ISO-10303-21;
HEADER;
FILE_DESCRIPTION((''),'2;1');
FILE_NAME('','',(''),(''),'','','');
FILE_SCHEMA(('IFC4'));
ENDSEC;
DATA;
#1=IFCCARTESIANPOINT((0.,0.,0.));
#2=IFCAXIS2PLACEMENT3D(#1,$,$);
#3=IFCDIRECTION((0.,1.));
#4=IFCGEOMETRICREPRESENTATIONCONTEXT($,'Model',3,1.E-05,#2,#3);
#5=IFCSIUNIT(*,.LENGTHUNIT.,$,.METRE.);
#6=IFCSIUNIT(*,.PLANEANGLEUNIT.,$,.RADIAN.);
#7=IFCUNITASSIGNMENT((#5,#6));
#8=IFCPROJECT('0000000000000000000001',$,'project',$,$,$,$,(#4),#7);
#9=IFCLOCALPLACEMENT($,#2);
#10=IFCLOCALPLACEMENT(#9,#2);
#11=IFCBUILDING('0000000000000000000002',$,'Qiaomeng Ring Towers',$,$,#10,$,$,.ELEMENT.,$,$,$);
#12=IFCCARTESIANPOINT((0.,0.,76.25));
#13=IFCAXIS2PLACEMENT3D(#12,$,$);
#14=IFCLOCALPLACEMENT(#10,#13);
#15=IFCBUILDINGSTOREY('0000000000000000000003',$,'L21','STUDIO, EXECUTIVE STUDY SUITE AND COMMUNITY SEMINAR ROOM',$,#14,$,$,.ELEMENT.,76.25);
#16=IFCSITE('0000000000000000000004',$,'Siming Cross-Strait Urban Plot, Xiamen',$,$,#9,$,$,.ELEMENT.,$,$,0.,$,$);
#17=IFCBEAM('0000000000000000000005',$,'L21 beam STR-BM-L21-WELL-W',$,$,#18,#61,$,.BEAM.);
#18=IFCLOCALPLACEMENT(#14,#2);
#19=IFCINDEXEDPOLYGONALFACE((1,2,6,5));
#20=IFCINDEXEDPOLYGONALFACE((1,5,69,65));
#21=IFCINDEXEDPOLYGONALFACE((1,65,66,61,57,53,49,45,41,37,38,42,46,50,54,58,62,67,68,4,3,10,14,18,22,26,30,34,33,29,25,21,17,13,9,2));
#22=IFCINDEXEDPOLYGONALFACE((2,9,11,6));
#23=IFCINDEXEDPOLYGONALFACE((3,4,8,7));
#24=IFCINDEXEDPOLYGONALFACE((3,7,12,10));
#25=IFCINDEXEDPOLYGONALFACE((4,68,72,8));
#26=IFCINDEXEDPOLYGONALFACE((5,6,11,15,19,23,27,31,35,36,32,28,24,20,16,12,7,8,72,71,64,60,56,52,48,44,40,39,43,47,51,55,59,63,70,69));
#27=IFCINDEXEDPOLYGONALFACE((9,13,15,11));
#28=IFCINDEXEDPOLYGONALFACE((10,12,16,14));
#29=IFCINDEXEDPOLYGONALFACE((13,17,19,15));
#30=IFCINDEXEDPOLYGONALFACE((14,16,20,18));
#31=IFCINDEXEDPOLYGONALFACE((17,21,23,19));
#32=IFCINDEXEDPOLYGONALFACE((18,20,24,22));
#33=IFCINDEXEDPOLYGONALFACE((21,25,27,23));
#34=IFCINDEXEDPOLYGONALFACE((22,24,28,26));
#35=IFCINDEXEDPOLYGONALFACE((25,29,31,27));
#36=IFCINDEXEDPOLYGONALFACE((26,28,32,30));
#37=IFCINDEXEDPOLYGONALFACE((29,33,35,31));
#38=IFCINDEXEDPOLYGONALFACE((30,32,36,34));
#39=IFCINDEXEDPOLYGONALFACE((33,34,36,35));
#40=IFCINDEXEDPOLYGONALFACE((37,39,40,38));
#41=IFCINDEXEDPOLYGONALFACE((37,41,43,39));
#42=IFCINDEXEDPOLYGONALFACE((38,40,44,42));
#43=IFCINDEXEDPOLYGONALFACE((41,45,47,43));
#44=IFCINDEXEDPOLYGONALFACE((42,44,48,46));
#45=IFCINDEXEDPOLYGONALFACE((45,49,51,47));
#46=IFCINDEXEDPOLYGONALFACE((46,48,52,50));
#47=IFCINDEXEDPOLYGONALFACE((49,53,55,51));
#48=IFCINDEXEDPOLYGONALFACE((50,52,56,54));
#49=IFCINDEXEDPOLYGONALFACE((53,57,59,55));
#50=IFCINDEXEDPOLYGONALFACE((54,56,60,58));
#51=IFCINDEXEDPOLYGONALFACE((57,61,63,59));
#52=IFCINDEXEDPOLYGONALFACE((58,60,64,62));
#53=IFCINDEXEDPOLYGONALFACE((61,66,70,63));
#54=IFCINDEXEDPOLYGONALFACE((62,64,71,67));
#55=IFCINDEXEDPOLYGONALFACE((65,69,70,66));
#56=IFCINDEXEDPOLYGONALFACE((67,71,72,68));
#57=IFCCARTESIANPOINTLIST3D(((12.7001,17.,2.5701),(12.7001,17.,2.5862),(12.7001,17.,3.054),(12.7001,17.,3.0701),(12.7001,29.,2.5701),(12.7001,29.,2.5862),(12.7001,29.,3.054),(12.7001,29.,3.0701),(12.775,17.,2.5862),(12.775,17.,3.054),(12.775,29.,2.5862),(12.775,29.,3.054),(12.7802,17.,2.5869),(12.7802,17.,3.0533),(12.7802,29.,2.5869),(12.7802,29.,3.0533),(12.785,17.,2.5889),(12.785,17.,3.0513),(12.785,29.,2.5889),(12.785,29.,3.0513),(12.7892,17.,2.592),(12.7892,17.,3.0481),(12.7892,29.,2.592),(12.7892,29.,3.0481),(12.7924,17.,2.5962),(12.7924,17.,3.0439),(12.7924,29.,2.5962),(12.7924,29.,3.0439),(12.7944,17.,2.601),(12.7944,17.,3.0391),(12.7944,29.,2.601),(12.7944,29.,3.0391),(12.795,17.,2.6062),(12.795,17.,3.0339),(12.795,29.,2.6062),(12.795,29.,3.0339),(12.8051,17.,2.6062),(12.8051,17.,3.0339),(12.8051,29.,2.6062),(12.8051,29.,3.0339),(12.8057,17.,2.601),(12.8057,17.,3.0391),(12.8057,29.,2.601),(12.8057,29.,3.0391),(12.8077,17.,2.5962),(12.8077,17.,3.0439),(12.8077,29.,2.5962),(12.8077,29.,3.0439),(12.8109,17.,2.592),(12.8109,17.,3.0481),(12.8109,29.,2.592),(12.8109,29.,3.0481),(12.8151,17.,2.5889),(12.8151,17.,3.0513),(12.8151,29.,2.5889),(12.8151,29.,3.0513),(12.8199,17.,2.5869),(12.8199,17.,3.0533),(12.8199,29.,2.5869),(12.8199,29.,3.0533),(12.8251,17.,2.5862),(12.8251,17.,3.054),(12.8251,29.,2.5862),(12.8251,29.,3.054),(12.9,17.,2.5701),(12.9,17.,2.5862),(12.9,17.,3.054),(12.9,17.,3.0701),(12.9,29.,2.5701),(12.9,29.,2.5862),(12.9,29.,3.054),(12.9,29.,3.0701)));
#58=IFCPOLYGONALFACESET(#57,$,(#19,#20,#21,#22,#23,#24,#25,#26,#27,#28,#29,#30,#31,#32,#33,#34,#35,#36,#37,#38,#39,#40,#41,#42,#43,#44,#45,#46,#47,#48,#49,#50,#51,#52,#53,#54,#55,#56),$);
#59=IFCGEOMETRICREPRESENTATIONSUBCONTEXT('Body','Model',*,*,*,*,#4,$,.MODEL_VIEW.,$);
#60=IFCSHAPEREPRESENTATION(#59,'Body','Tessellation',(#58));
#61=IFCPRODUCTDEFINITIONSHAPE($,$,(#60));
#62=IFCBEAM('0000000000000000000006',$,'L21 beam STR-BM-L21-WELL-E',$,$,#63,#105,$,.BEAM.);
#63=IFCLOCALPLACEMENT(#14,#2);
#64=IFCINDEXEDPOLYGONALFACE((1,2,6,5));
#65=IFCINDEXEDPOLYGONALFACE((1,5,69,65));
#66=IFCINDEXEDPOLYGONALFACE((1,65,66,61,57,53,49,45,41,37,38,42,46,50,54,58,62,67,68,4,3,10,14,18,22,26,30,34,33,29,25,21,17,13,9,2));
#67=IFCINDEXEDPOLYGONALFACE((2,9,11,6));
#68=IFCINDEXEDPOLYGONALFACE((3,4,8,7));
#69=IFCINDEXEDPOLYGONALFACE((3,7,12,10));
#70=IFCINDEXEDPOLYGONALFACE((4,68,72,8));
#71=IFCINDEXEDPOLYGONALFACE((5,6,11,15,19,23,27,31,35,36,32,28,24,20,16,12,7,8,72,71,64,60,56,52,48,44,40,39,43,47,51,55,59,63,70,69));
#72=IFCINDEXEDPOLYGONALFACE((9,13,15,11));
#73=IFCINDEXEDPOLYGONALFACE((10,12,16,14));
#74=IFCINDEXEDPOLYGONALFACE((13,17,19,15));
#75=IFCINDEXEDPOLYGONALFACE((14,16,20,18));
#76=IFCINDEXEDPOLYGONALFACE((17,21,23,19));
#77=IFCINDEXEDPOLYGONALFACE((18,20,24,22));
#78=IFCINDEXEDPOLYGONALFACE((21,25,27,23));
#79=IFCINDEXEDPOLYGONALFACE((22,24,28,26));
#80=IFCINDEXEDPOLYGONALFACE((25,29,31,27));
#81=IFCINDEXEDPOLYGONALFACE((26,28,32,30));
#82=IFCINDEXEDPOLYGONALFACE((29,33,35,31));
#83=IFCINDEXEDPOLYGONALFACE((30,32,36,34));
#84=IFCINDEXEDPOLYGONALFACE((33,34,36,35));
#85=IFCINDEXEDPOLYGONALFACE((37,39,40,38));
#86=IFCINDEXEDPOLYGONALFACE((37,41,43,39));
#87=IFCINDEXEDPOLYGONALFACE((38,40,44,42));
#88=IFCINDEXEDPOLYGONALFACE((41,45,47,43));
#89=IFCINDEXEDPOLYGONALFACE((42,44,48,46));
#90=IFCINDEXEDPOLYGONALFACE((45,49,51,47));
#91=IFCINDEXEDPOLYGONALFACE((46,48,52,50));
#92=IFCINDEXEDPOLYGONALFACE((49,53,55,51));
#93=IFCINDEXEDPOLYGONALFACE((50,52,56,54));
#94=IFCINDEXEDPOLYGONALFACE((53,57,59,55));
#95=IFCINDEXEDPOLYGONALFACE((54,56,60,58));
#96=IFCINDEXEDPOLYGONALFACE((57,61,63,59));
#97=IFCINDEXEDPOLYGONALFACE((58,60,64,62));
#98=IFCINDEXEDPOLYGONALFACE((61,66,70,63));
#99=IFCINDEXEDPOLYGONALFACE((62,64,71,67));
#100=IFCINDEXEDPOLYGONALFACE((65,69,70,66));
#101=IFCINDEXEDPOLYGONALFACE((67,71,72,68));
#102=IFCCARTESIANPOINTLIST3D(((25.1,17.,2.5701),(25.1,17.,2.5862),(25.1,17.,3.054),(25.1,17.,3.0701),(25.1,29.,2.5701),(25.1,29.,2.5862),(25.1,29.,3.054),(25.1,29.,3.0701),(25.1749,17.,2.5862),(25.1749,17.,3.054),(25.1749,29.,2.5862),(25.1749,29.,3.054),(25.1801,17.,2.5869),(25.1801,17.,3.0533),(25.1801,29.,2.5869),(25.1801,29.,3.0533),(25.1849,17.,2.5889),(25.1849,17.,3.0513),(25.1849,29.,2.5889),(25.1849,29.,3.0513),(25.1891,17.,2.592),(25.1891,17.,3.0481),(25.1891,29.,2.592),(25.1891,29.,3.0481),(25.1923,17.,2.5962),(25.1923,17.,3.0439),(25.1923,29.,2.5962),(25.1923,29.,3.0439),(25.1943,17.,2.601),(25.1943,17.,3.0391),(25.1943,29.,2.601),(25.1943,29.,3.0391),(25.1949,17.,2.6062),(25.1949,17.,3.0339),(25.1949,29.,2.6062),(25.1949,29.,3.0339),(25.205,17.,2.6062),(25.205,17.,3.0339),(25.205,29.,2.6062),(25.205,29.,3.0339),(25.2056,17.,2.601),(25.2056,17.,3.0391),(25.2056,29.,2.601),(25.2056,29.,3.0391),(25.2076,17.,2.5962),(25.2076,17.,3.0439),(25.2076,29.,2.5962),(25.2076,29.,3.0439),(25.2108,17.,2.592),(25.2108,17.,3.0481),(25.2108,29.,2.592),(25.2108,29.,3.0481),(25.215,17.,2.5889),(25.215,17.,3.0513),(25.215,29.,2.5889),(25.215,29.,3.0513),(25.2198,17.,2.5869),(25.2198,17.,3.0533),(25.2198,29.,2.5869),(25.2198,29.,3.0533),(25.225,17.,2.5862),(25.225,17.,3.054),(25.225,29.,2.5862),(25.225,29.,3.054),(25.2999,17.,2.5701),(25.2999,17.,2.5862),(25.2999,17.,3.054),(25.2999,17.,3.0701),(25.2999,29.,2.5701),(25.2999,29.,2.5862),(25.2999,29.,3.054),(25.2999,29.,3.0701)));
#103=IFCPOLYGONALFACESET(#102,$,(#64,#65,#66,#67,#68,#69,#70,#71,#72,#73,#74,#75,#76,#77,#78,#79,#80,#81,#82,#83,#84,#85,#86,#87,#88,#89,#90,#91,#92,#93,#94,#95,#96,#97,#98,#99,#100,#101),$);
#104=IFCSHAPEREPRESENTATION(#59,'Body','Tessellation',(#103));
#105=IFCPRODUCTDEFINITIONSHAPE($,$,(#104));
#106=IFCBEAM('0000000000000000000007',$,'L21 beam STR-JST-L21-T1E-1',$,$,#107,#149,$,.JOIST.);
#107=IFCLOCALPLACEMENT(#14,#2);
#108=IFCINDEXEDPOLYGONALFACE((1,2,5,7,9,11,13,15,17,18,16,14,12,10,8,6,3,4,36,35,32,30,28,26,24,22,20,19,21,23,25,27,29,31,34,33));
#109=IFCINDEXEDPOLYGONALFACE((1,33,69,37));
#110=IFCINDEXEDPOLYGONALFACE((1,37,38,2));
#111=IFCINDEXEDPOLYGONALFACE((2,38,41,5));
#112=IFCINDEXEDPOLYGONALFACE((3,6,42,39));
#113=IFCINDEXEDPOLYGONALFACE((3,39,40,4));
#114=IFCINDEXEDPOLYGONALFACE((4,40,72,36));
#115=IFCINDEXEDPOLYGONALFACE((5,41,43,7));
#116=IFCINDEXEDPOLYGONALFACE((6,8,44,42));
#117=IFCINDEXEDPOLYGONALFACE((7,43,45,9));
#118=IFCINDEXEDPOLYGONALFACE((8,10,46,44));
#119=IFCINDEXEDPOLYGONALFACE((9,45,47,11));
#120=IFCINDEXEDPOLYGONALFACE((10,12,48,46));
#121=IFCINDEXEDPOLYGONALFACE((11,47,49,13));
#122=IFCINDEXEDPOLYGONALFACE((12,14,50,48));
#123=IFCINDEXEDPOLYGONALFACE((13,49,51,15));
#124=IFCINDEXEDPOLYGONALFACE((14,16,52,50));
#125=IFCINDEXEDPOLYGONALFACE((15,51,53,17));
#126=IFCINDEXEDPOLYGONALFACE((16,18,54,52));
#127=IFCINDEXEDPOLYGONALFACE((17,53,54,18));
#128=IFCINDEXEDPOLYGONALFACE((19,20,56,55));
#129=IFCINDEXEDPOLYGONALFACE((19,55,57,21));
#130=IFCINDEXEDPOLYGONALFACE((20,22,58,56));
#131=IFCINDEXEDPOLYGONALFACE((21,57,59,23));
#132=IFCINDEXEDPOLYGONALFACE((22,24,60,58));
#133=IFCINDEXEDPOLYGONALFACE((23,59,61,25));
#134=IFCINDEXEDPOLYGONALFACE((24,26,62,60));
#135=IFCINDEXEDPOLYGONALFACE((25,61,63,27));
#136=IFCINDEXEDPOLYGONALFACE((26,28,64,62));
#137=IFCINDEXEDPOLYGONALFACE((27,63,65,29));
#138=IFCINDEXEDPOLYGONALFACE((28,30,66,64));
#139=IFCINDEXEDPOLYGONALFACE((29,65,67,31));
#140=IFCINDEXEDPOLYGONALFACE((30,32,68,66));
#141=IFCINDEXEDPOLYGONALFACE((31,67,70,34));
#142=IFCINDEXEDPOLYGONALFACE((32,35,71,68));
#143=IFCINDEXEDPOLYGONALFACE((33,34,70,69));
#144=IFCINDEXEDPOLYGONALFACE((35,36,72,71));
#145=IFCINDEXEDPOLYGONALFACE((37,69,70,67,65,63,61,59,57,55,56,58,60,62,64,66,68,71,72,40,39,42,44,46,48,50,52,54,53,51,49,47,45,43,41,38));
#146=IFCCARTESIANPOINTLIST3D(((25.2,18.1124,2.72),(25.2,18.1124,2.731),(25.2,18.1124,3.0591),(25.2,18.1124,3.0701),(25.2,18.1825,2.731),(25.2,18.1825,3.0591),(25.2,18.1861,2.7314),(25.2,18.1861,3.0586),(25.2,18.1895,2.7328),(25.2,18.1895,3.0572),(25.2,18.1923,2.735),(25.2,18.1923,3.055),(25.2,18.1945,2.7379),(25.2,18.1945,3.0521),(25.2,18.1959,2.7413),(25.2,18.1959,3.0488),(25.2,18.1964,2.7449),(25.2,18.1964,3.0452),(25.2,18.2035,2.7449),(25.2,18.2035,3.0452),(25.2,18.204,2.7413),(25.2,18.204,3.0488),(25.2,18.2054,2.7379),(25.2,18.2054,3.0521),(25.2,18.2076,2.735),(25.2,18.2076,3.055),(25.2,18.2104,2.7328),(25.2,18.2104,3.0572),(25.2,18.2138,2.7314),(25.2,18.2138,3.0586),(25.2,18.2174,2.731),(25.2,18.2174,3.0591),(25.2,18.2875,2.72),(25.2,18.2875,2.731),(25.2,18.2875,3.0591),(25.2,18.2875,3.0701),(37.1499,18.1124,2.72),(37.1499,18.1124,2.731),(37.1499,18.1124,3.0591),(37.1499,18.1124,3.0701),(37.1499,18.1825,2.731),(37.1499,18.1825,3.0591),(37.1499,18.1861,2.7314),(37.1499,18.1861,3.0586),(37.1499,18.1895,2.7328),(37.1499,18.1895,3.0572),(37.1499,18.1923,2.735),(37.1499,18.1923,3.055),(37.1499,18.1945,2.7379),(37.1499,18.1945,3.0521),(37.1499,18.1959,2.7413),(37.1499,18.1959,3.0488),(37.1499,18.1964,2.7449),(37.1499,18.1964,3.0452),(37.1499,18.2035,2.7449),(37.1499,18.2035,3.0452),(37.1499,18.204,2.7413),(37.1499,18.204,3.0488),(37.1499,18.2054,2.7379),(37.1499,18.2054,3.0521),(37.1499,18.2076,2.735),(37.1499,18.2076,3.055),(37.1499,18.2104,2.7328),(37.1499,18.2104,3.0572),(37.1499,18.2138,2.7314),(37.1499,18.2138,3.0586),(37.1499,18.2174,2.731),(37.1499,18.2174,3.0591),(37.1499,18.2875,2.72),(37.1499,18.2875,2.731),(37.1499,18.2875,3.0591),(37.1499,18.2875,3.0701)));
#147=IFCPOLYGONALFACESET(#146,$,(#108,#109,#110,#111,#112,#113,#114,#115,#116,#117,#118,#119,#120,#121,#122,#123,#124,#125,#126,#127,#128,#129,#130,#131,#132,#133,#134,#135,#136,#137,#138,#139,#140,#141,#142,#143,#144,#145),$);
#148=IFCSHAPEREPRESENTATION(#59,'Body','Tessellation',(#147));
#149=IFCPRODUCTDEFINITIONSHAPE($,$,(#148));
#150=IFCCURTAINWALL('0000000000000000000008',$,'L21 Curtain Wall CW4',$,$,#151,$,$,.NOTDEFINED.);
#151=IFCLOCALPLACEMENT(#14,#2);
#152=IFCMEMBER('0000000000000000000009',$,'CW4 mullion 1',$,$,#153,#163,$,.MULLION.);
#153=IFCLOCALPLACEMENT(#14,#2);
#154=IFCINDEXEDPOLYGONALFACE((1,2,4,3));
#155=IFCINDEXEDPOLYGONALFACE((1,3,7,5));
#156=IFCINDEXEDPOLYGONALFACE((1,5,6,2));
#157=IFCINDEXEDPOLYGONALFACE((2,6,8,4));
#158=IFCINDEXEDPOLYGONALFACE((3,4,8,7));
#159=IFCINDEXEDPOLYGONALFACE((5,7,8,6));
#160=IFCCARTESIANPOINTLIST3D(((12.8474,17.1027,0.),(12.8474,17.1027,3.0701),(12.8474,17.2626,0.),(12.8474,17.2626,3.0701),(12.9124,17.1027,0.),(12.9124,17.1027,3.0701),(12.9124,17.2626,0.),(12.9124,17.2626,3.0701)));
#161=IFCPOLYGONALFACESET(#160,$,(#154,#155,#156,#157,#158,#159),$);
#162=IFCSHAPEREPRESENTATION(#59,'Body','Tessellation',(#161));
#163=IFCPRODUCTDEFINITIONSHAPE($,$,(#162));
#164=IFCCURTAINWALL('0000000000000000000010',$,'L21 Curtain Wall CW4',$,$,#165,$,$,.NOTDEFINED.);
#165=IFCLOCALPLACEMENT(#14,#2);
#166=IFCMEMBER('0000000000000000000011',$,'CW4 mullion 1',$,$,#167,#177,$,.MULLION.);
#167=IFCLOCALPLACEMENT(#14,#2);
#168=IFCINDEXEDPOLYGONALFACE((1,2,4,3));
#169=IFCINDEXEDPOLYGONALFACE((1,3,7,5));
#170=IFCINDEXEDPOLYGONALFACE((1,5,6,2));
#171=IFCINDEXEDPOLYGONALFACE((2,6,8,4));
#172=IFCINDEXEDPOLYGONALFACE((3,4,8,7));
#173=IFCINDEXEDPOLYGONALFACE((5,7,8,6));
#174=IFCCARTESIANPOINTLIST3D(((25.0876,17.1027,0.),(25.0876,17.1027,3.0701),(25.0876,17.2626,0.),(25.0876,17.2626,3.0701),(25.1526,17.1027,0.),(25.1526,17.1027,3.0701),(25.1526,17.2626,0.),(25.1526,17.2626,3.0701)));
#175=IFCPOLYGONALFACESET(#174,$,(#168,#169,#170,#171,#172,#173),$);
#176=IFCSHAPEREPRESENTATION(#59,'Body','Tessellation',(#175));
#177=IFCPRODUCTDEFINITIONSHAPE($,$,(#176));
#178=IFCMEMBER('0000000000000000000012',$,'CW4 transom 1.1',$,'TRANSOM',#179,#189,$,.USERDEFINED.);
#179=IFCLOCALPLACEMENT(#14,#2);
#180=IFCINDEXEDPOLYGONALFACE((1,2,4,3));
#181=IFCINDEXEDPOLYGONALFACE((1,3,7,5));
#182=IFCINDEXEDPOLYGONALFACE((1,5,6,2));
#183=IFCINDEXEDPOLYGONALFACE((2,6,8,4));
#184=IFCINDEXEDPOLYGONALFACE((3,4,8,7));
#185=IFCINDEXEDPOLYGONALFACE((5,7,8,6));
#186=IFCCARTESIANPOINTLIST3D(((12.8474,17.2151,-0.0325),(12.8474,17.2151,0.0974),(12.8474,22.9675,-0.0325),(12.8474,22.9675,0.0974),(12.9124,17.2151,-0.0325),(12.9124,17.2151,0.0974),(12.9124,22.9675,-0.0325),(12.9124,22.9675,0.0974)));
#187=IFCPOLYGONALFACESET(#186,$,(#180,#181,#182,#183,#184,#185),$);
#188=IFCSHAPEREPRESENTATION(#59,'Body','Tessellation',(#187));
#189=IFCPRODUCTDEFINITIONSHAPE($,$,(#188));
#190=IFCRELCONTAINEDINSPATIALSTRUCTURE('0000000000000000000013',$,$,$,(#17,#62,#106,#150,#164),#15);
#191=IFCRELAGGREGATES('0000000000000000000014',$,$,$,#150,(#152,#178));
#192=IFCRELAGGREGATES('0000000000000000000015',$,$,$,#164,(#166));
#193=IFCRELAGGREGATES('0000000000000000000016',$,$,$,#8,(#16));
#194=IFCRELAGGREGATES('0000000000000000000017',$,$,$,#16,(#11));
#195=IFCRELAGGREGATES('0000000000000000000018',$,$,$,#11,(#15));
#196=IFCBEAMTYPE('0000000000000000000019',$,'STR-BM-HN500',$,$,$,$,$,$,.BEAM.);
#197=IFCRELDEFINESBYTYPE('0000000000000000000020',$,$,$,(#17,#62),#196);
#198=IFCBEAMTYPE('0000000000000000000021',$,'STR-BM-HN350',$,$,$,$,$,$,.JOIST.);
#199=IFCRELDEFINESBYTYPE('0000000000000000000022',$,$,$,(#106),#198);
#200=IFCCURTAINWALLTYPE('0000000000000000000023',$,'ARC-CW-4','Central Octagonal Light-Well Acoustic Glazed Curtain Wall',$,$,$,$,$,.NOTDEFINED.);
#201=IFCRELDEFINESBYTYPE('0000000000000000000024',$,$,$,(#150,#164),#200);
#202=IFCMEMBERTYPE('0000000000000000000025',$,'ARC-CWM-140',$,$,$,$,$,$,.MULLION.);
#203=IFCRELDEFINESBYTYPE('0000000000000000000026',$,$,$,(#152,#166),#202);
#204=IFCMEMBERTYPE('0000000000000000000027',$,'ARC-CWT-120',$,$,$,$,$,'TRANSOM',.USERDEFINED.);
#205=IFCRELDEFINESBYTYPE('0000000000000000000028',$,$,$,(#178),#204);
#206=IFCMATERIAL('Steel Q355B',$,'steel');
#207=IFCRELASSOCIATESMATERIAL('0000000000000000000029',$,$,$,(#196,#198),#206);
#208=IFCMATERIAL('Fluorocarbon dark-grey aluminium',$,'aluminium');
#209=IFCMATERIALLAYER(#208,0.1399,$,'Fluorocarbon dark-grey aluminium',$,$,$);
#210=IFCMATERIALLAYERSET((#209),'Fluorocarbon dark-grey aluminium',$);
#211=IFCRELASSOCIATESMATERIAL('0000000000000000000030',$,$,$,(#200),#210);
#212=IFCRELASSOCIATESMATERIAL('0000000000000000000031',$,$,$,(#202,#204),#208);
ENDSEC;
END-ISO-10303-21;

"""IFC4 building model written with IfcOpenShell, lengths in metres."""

from ifc_helpers import new_model, si_unit, direction, frame, origin, origin_2d, place, context, subcontext, project, spatial, rectangle, i_section, extrude, source, transform, mapped, material, layer, layer_set, material_profile, profile_set, type_object, element, aggregate, save


model = new_model("IFC4")

# Units and contexts
model_context = context("Model", 3, precision=1e-05, world=origin(), true_north=direction((0.0, 1.0)))
body_context = subcontext(model_context, "Body", "Model", "MODEL_VIEW")
ifc_project = project(units=[si_unit("LENGTHUNIT", "METRE"), si_unit("PLANEANGLEUNIT", "RADIAN")], contexts=[model_context])

# Site, building, storey
site_placement = place(None, origin())
site = spatial("IfcSite", under=ifc_project, at=site_placement, Name="Siming Cross-Strait Urban Plot, Xiamen", CompositionType="ELEMENT", RefElevation=0.0)
building_placement = place(site_placement, origin())
building = spatial("IfcBuilding", under=site, at=building_placement, Name="Qiaomeng Ring Towers", CompositionType="ELEMENT")
storey_placement = place(building_placement, frame((0.0, 0.0, 76.25)))
storey = spatial("IfcBuildingStorey", under=building, at=storey_placement, Name="L21", Description="STUDIO, EXECUTIVE STUDY SUITE AND COMMUNITY SEMINAR ROOM", CompositionType="ELEMENT", Elevation=76.25)

# Beams
ifc_material_1 = material(Name="Steel Q355B", Category="steel")
ifc_material_profile_1 = material_profile(ifc_material_1, i_section(OverallWidth=0.2, OverallDepth=0.5, WebThickness=0.01, FlangeThickness=0.0161, FilletRadius=0.02, at=origin_2d()), Name="HN 500x200x10x16")
ifc_profile_set_1 = profile_set([ifc_material_profile_1], Name="Steel Q355B")
beam_type_1 = type_object("IfcBeamType", Name="STR-BM-HN500", PredefinedType="BEAM", material=ifc_profile_set_1)
shared_shape_1 = source(origin(), body_context, "Body", "SweptSolid", [
    extrude(i_section(OverallWidth=0.2, OverallDepth=0.5, WebThickness=0.01, FlangeThickness=0.0161, FilletRadius=0.02, at=origin_2d()), origin(), (0.0, 0.0, 1.0), 12.0),
])
for number, where, z_axis, x_axis, name in (
    (1, (12.8, 17.0, 2.8201), (0.0, 1.0, 0.0), (-1.0, 0.0, 0.0), "L21 beam STR-BM-L21-WELL-W"),
    (2, (25.2, 17.0, 2.8201), (0.0, 1.0, 0.0), (-1.0, 0.0, 0.0), "L21 beam STR-BM-L21-WELL-E"),
):
    element("IfcBeam", number, at=place(storey_placement, frame(where, z_axis=z_axis, x_axis=x_axis)), inside=storey, type_object=beam_type_1, Name=name, PredefinedType="BEAM", context=body_context, shape_type="MappedRepresentation", body=[
        mapped(shared_shape_1, transform((0.0, 0.0, 0.0), x_axis=(1.0, 0.0, 0.0), y_axis=(0.0, 1.0, 0.0), z_axis=(0.0, 0.0, 1.0), scale=1.0)),
    ])
ifc_material_profile_2 = material_profile(ifc_material_1, i_section(OverallWidth=0.175, OverallDepth=0.3501, WebThickness=0.0071, FlangeThickness=0.011, FilletRadius=0.0139, at=origin_2d()), Name="HN 350x175x7x11")
ifc_profile_set_2 = profile_set([ifc_material_profile_2], Name="Steel Q355B")
beam_type_2 = type_object("IfcBeamType", Name="STR-BM-HN350", PredefinedType="JOIST", material=ifc_profile_set_2)
shared_shape_2 = source(origin(), body_context, "Body", "SweptSolid", [
    extrude(i_section(OverallWidth=0.175, OverallDepth=0.3501, WebThickness=0.0071, FlangeThickness=0.011, FilletRadius=0.0139, at=origin_2d()), origin(), (0.0, 0.0, 1.0), 11.95),
])
beam_placement = place(storey_placement, frame((25.2, 18.2, 2.895), z_axis=(1.0, 0.0, 0.0), x_axis=(0.0, 1.0, 0.0)))
element("IfcBeam", 3, at=beam_placement, inside=storey, type_object=beam_type_2, Name="L21 beam STR-JST-L21-T1E-1", PredefinedType="JOIST", context=body_context, shape_type="MappedRepresentation", body=[
    mapped(shared_shape_2, transform((0.0, 0.0, 0.0), x_axis=(1.0, 0.0, 0.0), y_axis=(0.0, 1.0, 0.0), z_axis=(0.0, 0.0, 1.0), scale=1.0)),
])

# Curtain walls, members
ifc_material_2 = material(Name="Fluorocarbon dark-grey aluminium", Category="aluminium")
ifc_layer_1 = layer(ifc_material_2, 0.1399, Name="Fluorocarbon dark-grey aluminium")
ifc_layer_set_1 = layer_set([ifc_layer_1], Name="Fluorocarbon dark-grey aluminium")
curtain_wall_type = type_object("IfcCurtainWallType", Name="ARC-CW-4", Description="Central Octagonal Light-Well Acoustic Glazed Curtain Wall", PredefinedType="NOTDEFINED", material=ifc_layer_set_1)
curtain_wall_1_placement = place(storey_placement, origin())
curtain_wall_1 = element("IfcCurtainWall", 4, at=curtain_wall_1_placement, inside=storey, type_object=curtain_wall_type, Name="L21 Curtain Wall CW4", PredefinedType="NOTDEFINED")
ifc_material_profile_3 = material_profile(ifc_material_2, rectangle(XDim=0.0649, YDim=0.1599, at=origin_2d()), Name="ALU MULL 65x160")
ifc_profile_set_3 = profile_set([ifc_material_profile_3], Name="Fluorocarbon dark-grey aluminium")
member_type_1 = type_object("IfcMemberType", Name="ARC-CWM-140", PredefinedType="MULLION", material=ifc_profile_set_3)
shared_shape_3 = source(origin(), body_context, "Body", "SweptSolid", [
    extrude(rectangle(XDim=0.0649, YDim=0.1599, at=origin_2d()), origin(), (0.0, 0.0, 1.0), 3.0701),
])
member_1_placement = place(storey_placement, frame((12.8799, 17.1826, 0.0), z_axis=(0.0, 0.0, 1.0), x_axis=(-1.0, 0.0, 0.0)))
member_1 = element("IfcMember", 5, at=member_1_placement, type_object=member_type_1, Name="CW4 mullion 1", PredefinedType="MULLION", context=body_context, shape_type="MappedRepresentation", body=[
    mapped(shared_shape_3, transform((0.0, 0.0, 0.0), x_axis=(1.0, 0.0, 0.0), y_axis=(0.0, 1.0, 0.0), z_axis=(0.0, 0.0, 1.0), scale=1.0)),
])
curtain_wall_2_placement = place(storey_placement, origin())
curtain_wall_2 = element("IfcCurtainWall", 6, at=curtain_wall_2_placement, inside=storey, type_object=curtain_wall_type, Name="L21 Curtain Wall CW4", PredefinedType="NOTDEFINED")
member_2_placement = place(storey_placement, frame((25.1201, 17.1826, 0.0), z_axis=(0.0, 0.0, 1.0), x_axis=(-1.0, 0.0, 0.0)))
member_2 = element("IfcMember", 7, at=member_2_placement, type_object=member_type_1, Name="CW4 mullion 1", PredefinedType="MULLION", context=body_context, shape_type="MappedRepresentation", body=[
    mapped(shared_shape_3, transform((0.0, 0.0, 0.0), x_axis=(1.0, 0.0, 0.0), y_axis=(0.0, 1.0, 0.0), z_axis=(0.0, 0.0, 1.0), scale=1.0)),
])

# Member
ifc_material_profile_4 = material_profile(ifc_material_2, rectangle(XDim=0.0649, YDim=0.1299, at=origin_2d()), Name="ALU TRAN 65x130")
ifc_profile_set_4 = profile_set([ifc_material_profile_4], Name="Fluorocarbon dark-grey aluminium")
member_type_2 = type_object("IfcMemberType", Name="ARC-CWT-120", ElementType="TRANSOM", PredefinedType="USERDEFINED", material=ifc_profile_set_4)
shared_shape_4 = source(origin(), body_context, "Body", "SweptSolid", [
    extrude(rectangle(XDim=0.0649, YDim=0.1299, at=origin_2d()), origin(), (0.0, 0.0, 1.0), 5.7524),
])
member_3_placement = place(storey_placement, frame((12.8799, 17.2151, 0.0325), z_axis=(0.0, 1.0, 0.0), x_axis=(-1.0, 0.0, 0.0)))
member_3 = element("IfcMember", 8, at=member_3_placement, type_object=member_type_2, Name="CW4 transom 1.1", ObjectType="TRANSOM", PredefinedType="USERDEFINED", context=body_context, shape_type="MappedRepresentation", body=[
    mapped(shared_shape_4, transform((0.0, 0.0, 0.0), x_axis=(1.0, 0.0, 0.0), y_axis=(0.0, 1.0, 0.0), z_axis=(0.0, 0.0, 1.0), scale=1.0)),
])
aggregate(curtain_wall_1, [member_1, member_3])
aggregate(curtain_wall_2, [member_2])

save(model, "model.ifc")
